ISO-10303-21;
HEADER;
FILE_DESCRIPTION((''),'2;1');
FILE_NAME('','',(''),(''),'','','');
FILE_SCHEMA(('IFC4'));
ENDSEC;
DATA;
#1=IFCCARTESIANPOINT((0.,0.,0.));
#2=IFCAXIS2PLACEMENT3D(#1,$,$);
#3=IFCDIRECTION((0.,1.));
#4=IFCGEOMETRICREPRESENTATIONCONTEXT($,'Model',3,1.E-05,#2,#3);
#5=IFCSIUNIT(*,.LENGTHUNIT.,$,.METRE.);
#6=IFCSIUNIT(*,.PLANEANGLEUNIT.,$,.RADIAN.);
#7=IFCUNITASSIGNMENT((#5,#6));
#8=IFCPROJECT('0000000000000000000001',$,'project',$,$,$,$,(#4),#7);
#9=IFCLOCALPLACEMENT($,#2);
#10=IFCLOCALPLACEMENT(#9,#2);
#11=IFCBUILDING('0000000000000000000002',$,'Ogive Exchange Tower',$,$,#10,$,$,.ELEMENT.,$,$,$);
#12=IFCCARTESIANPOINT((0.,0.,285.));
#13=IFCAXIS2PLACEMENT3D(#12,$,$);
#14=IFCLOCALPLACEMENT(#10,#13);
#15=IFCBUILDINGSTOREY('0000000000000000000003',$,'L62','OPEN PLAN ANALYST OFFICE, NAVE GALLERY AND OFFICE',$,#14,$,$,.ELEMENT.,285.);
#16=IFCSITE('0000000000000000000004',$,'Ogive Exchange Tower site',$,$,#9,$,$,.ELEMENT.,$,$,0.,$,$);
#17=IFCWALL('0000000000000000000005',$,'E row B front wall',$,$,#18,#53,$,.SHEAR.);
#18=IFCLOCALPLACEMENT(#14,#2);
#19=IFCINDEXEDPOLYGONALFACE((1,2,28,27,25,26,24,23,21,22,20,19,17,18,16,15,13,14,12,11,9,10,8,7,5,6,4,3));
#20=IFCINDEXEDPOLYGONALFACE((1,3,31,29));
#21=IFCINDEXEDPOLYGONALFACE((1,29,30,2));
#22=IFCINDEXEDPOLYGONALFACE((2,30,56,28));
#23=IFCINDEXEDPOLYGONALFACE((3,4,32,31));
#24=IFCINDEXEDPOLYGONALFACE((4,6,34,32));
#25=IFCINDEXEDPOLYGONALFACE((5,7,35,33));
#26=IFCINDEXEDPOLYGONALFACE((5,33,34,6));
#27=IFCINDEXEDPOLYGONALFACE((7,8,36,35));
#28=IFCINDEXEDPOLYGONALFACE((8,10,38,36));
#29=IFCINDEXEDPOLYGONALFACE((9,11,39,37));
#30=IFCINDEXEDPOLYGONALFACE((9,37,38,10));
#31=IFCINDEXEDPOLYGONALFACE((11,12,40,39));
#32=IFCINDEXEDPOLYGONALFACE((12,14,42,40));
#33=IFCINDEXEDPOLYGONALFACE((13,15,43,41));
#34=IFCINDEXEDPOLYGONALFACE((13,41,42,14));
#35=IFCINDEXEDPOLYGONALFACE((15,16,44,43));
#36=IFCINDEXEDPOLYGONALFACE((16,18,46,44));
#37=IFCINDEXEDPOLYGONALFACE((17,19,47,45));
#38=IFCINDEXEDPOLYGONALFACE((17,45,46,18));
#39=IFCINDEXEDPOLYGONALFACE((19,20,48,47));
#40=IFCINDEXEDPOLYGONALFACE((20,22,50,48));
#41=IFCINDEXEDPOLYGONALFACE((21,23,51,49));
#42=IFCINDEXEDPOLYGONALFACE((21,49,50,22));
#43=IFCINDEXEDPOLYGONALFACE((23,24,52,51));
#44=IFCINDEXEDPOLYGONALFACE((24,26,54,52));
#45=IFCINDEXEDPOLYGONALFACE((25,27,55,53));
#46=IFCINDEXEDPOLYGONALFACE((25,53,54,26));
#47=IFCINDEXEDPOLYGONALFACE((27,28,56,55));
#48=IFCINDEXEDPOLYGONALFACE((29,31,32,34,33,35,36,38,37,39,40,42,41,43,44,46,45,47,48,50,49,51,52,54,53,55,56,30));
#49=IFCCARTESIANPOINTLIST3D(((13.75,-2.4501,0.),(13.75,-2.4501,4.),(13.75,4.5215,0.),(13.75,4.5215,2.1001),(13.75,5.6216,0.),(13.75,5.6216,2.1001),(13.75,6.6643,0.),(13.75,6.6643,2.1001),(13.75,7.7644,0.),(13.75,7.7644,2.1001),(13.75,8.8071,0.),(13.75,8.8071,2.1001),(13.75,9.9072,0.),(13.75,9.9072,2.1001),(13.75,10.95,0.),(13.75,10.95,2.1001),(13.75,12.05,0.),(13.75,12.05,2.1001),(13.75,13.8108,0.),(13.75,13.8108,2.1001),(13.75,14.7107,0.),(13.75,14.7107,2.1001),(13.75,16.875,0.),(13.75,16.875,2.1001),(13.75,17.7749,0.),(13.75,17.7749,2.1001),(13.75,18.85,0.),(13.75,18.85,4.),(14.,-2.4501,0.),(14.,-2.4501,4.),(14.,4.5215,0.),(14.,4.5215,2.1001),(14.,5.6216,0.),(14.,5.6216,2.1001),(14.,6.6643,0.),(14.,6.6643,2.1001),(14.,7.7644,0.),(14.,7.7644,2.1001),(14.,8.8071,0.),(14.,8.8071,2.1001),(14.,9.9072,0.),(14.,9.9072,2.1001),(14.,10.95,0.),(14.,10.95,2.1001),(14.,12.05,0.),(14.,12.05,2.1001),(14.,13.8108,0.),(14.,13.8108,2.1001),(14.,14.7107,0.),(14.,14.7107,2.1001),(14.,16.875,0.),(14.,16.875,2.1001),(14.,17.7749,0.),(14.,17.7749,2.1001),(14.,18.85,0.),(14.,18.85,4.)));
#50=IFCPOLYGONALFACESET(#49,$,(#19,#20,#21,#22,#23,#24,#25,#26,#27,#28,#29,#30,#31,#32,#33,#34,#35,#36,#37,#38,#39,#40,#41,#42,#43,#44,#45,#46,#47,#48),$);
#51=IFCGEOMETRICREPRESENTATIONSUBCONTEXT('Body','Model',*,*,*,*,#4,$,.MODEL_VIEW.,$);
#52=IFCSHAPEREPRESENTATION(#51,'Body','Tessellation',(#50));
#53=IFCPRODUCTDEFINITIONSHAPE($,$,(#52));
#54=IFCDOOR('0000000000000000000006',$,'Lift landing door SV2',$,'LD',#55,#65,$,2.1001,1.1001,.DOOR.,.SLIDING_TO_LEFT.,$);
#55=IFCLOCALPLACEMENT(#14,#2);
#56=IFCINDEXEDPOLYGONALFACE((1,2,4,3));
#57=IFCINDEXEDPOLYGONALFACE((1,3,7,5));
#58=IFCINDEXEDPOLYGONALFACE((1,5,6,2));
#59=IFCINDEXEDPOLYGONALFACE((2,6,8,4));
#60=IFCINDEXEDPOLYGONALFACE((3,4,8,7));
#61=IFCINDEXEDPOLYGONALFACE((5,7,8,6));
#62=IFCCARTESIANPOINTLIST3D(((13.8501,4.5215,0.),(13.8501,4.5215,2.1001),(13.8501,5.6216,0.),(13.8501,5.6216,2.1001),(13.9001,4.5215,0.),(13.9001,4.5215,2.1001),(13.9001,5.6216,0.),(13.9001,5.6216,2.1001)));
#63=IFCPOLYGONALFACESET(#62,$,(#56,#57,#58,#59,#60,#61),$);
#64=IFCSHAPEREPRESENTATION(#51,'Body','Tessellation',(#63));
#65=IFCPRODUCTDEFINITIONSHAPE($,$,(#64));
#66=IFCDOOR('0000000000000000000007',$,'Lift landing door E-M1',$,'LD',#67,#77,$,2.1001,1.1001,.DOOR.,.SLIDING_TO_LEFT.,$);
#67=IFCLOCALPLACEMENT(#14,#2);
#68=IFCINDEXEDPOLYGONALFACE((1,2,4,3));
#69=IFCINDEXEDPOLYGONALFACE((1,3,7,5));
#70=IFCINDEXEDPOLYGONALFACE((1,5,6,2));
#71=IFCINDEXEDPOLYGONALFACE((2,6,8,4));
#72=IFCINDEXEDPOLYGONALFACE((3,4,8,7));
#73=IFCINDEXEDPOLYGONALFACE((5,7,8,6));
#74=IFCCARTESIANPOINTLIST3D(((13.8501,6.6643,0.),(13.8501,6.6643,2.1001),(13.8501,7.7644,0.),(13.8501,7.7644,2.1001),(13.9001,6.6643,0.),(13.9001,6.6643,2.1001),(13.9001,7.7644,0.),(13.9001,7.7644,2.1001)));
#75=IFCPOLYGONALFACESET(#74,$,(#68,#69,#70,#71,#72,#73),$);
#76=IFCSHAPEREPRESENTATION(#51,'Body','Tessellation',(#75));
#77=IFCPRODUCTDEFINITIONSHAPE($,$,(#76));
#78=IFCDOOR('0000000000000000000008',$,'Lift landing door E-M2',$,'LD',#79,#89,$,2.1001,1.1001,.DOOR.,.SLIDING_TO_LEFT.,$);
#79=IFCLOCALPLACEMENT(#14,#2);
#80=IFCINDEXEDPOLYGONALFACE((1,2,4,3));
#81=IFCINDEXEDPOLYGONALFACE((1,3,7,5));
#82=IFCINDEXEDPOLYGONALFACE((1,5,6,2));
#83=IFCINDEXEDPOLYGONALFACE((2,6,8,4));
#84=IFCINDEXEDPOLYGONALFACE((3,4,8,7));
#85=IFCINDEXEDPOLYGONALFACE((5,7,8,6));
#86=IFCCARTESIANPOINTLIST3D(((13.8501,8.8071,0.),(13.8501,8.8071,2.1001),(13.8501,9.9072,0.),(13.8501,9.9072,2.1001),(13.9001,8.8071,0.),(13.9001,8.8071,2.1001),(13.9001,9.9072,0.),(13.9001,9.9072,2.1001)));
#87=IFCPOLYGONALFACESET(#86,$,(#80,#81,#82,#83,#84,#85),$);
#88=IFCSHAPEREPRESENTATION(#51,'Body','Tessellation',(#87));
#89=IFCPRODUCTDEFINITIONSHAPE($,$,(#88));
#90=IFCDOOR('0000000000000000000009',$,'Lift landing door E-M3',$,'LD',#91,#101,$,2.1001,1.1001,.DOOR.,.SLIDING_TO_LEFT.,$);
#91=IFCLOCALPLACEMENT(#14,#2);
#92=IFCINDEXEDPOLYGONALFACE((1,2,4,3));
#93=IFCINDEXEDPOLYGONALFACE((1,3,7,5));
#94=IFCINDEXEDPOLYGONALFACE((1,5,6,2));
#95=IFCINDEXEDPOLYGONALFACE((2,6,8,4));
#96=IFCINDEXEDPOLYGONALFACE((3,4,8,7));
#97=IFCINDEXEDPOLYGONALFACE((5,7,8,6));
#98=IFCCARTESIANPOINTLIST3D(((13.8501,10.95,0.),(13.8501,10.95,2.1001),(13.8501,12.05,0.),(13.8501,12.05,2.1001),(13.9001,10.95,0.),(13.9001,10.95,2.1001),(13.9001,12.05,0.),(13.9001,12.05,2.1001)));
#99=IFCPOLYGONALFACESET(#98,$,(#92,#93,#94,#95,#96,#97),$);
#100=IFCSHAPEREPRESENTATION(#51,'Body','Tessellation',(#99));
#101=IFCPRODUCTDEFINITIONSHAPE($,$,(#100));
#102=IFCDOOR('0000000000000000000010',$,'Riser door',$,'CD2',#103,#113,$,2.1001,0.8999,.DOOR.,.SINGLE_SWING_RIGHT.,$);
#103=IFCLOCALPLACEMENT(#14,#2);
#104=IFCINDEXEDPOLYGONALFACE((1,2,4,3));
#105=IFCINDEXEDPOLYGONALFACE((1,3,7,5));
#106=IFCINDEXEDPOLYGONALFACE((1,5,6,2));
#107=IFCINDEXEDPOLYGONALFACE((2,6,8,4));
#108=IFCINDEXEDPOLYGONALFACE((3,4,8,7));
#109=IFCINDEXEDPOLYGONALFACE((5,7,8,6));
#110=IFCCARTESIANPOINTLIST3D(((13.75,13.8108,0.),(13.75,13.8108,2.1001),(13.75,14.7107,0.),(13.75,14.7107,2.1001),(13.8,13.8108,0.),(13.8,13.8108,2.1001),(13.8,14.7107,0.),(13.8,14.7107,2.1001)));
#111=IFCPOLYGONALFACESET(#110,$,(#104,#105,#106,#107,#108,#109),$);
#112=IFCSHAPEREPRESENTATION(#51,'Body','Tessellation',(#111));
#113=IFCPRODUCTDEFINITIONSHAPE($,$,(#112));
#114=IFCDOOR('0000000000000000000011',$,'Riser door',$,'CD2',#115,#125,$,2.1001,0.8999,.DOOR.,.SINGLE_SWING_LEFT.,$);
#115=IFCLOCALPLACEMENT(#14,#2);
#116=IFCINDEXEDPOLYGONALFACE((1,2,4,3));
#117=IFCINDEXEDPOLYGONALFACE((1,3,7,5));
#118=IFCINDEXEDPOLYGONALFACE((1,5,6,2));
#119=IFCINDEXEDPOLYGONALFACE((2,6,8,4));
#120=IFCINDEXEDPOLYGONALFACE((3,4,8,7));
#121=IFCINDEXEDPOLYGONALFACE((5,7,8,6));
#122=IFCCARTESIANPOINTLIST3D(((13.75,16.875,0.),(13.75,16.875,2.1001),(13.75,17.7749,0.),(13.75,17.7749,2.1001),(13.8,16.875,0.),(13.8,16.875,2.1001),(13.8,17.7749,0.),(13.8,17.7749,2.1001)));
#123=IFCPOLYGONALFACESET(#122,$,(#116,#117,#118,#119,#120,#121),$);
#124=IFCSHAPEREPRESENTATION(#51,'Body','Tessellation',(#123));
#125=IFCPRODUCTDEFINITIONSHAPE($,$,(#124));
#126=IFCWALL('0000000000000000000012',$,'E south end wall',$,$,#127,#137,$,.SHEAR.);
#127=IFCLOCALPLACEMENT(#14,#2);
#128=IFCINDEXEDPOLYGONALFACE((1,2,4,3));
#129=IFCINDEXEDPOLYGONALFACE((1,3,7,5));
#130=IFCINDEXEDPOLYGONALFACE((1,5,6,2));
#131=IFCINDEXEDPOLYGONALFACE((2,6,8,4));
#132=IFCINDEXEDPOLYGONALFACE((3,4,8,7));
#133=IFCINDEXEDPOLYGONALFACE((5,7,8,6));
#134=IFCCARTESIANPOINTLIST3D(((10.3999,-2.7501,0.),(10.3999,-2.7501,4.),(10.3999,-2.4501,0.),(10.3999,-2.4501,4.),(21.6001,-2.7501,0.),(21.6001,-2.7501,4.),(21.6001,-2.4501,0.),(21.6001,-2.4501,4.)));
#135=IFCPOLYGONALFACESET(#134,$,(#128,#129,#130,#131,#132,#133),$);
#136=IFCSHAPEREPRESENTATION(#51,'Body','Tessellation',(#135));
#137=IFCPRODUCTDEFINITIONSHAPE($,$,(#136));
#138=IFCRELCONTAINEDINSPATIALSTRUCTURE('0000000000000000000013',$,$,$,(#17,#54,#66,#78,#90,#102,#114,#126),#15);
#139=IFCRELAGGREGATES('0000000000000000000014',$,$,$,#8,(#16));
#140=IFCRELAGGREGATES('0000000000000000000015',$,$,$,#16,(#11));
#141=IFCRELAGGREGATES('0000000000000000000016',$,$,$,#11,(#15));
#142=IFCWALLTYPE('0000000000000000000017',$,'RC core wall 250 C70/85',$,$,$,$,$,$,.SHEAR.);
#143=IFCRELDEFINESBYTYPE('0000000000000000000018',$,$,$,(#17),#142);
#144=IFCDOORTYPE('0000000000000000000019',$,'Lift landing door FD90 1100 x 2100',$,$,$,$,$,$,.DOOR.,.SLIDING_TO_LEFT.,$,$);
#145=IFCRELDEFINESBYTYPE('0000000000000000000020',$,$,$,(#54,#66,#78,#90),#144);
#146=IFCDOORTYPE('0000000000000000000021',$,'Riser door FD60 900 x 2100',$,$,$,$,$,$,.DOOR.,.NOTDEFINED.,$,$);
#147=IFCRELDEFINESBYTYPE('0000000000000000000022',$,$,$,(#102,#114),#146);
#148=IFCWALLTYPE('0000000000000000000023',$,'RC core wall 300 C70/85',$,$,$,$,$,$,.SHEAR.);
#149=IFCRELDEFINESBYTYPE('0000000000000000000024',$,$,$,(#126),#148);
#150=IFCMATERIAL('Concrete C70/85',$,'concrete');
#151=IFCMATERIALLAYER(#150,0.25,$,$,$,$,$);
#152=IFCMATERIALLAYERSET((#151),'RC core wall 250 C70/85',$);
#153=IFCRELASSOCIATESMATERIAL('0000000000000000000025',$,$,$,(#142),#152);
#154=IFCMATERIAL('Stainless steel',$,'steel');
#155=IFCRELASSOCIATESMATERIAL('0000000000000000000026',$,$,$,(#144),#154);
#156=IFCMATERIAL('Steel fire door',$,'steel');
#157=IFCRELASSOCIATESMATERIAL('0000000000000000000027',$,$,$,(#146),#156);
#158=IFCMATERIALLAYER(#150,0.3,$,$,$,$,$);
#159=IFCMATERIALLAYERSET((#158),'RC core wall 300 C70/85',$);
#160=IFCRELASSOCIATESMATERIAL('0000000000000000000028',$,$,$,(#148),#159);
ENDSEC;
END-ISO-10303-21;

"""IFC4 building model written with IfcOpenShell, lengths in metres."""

from ifc_helpers import new_model, si_unit, direction, frame, frame_2d, origin, place, context, subcontext, project, spatial, rectangle, extrude, material, layer, layer_set, type_object, element, fill, save


model = new_model("IFC4")

# Units and contexts
model_context = context("Model", 3, precision=1e-05, world=origin(), true_north=direction((0.0, 1.0)))
body_context = subcontext(model_context, "Body", "Model", "MODEL_VIEW")
ifc_project = project(units=[si_unit("LENGTHUNIT", "METRE"), si_unit("PLANEANGLEUNIT", "RADIAN")], contexts=[model_context])

# Site, building, storey
site_placement = place(None, origin())
site = spatial("IfcSite", under=ifc_project, at=site_placement, Name="Ogive Exchange Tower site", CompositionType="ELEMENT", RefElevation=0.0)
building_placement = place(site_placement, origin())
building = spatial("IfcBuilding", under=site, at=building_placement, Name="Ogive Exchange Tower", CompositionType="ELEMENT")
storey_placement = place(building_placement, frame((0.0, 0.0, 285.0)))
storey = spatial("IfcBuildingStorey", under=building, at=storey_placement, Name="L62", Description="OPEN PLAN ANALYST OFFICE, NAVE GALLERY AND OFFICE", CompositionType="ELEMENT", Elevation=285.0)

# Shared definitions
ifc_material_1 = material(Name="Concrete C70/85", Category="concrete")
ifc_layer_1 = layer(ifc_material_1, 0.25)
ifc_layer_set_1 = layer_set([ifc_layer_1], Name="RC core wall 250 C70/85")
wall_type_1 = type_object("IfcWallType", Name="RC core wall 250 C70/85", PredefinedType="SHEAR", material=ifc_layer_set_1)
ifc_material_2 = material(Name="Steel fire door", Category="steel")

# Wall, openings, doors
wall_1_placement = place(storey_placement, frame((13.875, -2.45, 0.0), z_axis=(0.0, 0.0, 1.0), x_axis=(0.0, 1.0, 0.0)))
wall_1 = element("IfcWall", 1, at=wall_1_placement, inside=storey, type_object=wall_type_1, Name="E row B front wall", PredefinedType="SHEAR", context=body_context, shape_type="SweptSolid", body=[
    extrude(rectangle(XDim=21.3, YDim=0.25, at=frame_2d((10.6499, 0.0))), origin(), (0.0, 0.0, 1.0), 4.0),
])
opening_1_placement = place(wall_1_placement, frame((16.2607, 0.0, 0.0)))
opening_1 = element("IfcOpeningElement", 2, at=opening_1_placement, cuts=wall_1, PredefinedType="OPENING", context=body_context, shape_type="SweptSolid", body=[
    extrude(rectangle(XDim=0.8999, YDim=2.1001, at=frame_2d((0.45, 1.05))), frame((0.0, 0.135, 0.0), z_axis=(0.0, -1.0, 0.0), x_axis=(1.0, 0.0, 0.0)), (0.0, 0.0, 1.0), 0.27),
])
opening_2_placement = place(wall_1_placement, frame((19.325, 0.0, 0.0)))
opening_2 = element("IfcOpeningElement", 3, at=opening_2_placement, cuts=wall_1, PredefinedType="OPENING", context=body_context, shape_type="SweptSolid", body=[
    extrude(rectangle(XDim=0.8999, YDim=2.1001, at=frame_2d((0.45, 1.05))), frame((0.0, 0.135, 0.0), z_axis=(0.0, -1.0, 0.0), x_axis=(1.0, 0.0, 0.0)), (0.0, 0.0, 1.0), 0.27),
])
opening_3_placement = place(wall_1_placement, frame((6.9714, 0.0, 0.0)))
opening_3 = element("IfcOpeningElement", 4, at=opening_3_placement, cuts=wall_1, PredefinedType="OPENING", context=body_context, shape_type="SweptSolid", body=[
    extrude(rectangle(XDim=1.1001, YDim=2.1001, at=frame_2d((0.55, 1.05))), frame((0.0, 0.135, 0.0), z_axis=(0.0, -1.0, 0.0), x_axis=(1.0, 0.0, 0.0)), (0.0, 0.0, 1.0), 0.27),
])
opening_4_placement = place(wall_1_placement, frame((9.1143, 0.0, 0.0)))
opening_4 = element("IfcOpeningElement", 5, at=opening_4_placement, cuts=wall_1, PredefinedType="OPENING", context=body_context, shape_type="SweptSolid", body=[
    extrude(rectangle(XDim=1.1001, YDim=2.1001, at=frame_2d((0.55, 1.05))), frame((0.0, 0.135, 0.0), z_axis=(0.0, -1.0, 0.0), x_axis=(1.0, 0.0, 0.0)), (0.0, 0.0, 1.0), 0.27),
])
opening_5_placement = place(wall_1_placement, frame((11.2571, 0.0, 0.0)))
opening_5 = element("IfcOpeningElement", 6, at=opening_5_placement, cuts=wall_1, PredefinedType="OPENING", context=body_context, shape_type="SweptSolid", body=[
    extrude(rectangle(XDim=1.1001, YDim=2.1001, at=frame_2d((0.55, 1.05))), frame((0.0, 0.135, 0.0), z_axis=(0.0, -1.0, 0.0), x_axis=(1.0, 0.0, 0.0)), (0.0, 0.0, 1.0), 0.27),
])
opening_6_placement = place(wall_1_placement, frame((13.3999, 0.0, 0.0)))
opening_6 = element("IfcOpeningElement", 7, at=opening_6_placement, cuts=wall_1, PredefinedType="OPENING", context=body_context, shape_type="SweptSolid", body=[
    extrude(rectangle(XDim=1.1001, YDim=2.1001, at=frame_2d((0.55, 1.05))), frame((0.0, 0.135, 0.0), z_axis=(0.0, -1.0, 0.0), x_axis=(1.0, 0.0, 0.0)), (0.0, 0.0, 1.0), 0.27),
])
ifc_material_3 = material(Name="Stainless steel", Category="steel")
door_type_1 = type_object("IfcDoorType", Name="Lift landing door FD90 1100 x 2100", OperationType="SLIDING_TO_LEFT", PredefinedType="DOOR", material=ifc_material_3)
door_1_placement = place(opening_3_placement, origin())
door_1 = element("IfcDoor", 8, at=door_1_placement, inside=storey, type_object=door_type_1, Name="Lift landing door SV2", ObjectType="LD", OperationType="SLIDING_TO_LEFT", OverallHeight=2.1001, OverallWidth=1.1001, PredefinedType="DOOR", context=body_context, shape_type="SweptSolid", body=[
    extrude(rectangle(XDim=1.1001, YDim=2.1001, at=frame_2d((0.55, 1.05))), frame((0.0, 0.0249, 0.0), z_axis=(0.0, -1.0, 0.0), x_axis=(1.0, 0.0, 0.0)), (0.0, 0.0, 1.0), 0.05),
])
fill(opening_3, door_1)
door_2_placement = place(opening_4_placement, origin())
door_2 = element("IfcDoor", 9, at=door_2_placement, inside=storey, type_object=door_type_1, Name="Lift landing door E-M1", ObjectType="LD", OperationType="SLIDING_TO_LEFT", OverallHeight=2.1001, OverallWidth=1.1001, PredefinedType="DOOR", context=body_context, shape_type="SweptSolid", body=[
    extrude(rectangle(XDim=1.1001, YDim=2.1001, at=frame_2d((0.55, 1.05))), frame((0.0, 0.0249, 0.0), z_axis=(0.0, -1.0, 0.0), x_axis=(1.0, 0.0, 0.0)), (0.0, 0.0, 1.0), 0.05),
])
fill(opening_4, door_2)
door_3_placement = place(opening_5_placement, origin())
door_3 = element("IfcDoor", 10, at=door_3_placement, inside=storey, type_object=door_type_1, Name="Lift landing door E-M2", ObjectType="LD", OperationType="SLIDING_TO_LEFT", OverallHeight=2.1001, OverallWidth=1.1001, PredefinedType="DOOR", context=body_context, shape_type="SweptSolid", body=[
    extrude(rectangle(XDim=1.1001, YDim=2.1001, at=frame_2d((0.55, 1.05))), frame((0.0, 0.0249, 0.0), z_axis=(0.0, -1.0, 0.0), x_axis=(1.0, 0.0, 0.0)), (0.0, 0.0, 1.0), 0.05),
])
fill(opening_5, door_3)
door_4_placement = place(opening_6_placement, origin())
door_4 = element("IfcDoor", 11, at=door_4_placement, inside=storey, type_object=door_type_1, Name="Lift landing door E-M3", ObjectType="LD", OperationType="SLIDING_TO_LEFT", OverallHeight=2.1001, OverallWidth=1.1001, PredefinedType="DOOR", context=body_context, shape_type="SweptSolid", body=[
    extrude(rectangle(XDim=1.1001, YDim=2.1001, at=frame_2d((0.55, 1.05))), frame((0.0, 0.0249, 0.0), z_axis=(0.0, -1.0, 0.0), x_axis=(1.0, 0.0, 0.0)), (0.0, 0.0, 1.0), 0.05),
])
fill(opening_6, door_4)
door_type_2 = type_object("IfcDoorType", Name="Riser door FD60 900 x 2100", OperationType="NOTDEFINED", PredefinedType="DOOR", material=ifc_material_2)
door_5_placement = place(opening_1_placement, origin())
door_5 = element("IfcDoor", 12, at=door_5_placement, inside=storey, type_object=door_type_2, Name="Riser door", ObjectType="CD2", OperationType="SINGLE_SWING_RIGHT", OverallHeight=2.1001, OverallWidth=0.8999, PredefinedType="DOOR", context=body_context, shape_type="SweptSolid", body=[
    extrude(rectangle(XDim=0.8999, YDim=2.1001, at=frame_2d((0.45, 1.05))), frame((0.0, 0.125, 0.0), z_axis=(0.0, -1.0, 0.0), x_axis=(1.0, 0.0, 0.0)), (0.0, 0.0, 1.0), 0.05),
])
fill(opening_1, door_5)
door_6_placement = place(opening_2_placement, origin())
door_6 = element("IfcDoor", 13, at=door_6_placement, inside=storey, type_object=door_type_2, Name="Riser door", ObjectType="CD2", OperationType="SINGLE_SWING_LEFT", OverallHeight=2.1001, OverallWidth=0.8999, PredefinedType="DOOR", context=body_context, shape_type="SweptSolid", body=[
    extrude(rectangle(XDim=0.8999, YDim=2.1001, at=frame_2d((0.45, 1.05))), frame((0.0, 0.125, 0.0), z_axis=(0.0, -1.0, 0.0), x_axis=(1.0, 0.0, 0.0)), (0.0, 0.0, 1.0), 0.05),
])
fill(opening_2, door_6)

# Wall
ifc_layer_2 = layer(ifc_material_1, 0.3)
ifc_layer_set_2 = layer_set([ifc_layer_2], Name="RC core wall 300 C70/85")
wall_type_2 = type_object("IfcWallType", Name="RC core wall 300 C70/85", PredefinedType="SHEAR", material=ifc_layer_set_2)
wall_2_placement = place(storey_placement, frame((10.3999, -2.6001, 0.0), z_axis=(0.0, 0.0, 1.0), x_axis=(1.0, 0.0, 0.0)))
element("IfcWall", 14, at=wall_2_placement, inside=storey, type_object=wall_type_2, Name="E south end wall", PredefinedType="SHEAR", context=body_context, shape_type="SweptSolid", body=[
    extrude(rectangle(XDim=11.2002, YDim=0.3, at=frame_2d((5.6001, 0.0))), origin(), (0.0, 0.0, 1.0), 4.0),
])

save(model, "model.ifc")
